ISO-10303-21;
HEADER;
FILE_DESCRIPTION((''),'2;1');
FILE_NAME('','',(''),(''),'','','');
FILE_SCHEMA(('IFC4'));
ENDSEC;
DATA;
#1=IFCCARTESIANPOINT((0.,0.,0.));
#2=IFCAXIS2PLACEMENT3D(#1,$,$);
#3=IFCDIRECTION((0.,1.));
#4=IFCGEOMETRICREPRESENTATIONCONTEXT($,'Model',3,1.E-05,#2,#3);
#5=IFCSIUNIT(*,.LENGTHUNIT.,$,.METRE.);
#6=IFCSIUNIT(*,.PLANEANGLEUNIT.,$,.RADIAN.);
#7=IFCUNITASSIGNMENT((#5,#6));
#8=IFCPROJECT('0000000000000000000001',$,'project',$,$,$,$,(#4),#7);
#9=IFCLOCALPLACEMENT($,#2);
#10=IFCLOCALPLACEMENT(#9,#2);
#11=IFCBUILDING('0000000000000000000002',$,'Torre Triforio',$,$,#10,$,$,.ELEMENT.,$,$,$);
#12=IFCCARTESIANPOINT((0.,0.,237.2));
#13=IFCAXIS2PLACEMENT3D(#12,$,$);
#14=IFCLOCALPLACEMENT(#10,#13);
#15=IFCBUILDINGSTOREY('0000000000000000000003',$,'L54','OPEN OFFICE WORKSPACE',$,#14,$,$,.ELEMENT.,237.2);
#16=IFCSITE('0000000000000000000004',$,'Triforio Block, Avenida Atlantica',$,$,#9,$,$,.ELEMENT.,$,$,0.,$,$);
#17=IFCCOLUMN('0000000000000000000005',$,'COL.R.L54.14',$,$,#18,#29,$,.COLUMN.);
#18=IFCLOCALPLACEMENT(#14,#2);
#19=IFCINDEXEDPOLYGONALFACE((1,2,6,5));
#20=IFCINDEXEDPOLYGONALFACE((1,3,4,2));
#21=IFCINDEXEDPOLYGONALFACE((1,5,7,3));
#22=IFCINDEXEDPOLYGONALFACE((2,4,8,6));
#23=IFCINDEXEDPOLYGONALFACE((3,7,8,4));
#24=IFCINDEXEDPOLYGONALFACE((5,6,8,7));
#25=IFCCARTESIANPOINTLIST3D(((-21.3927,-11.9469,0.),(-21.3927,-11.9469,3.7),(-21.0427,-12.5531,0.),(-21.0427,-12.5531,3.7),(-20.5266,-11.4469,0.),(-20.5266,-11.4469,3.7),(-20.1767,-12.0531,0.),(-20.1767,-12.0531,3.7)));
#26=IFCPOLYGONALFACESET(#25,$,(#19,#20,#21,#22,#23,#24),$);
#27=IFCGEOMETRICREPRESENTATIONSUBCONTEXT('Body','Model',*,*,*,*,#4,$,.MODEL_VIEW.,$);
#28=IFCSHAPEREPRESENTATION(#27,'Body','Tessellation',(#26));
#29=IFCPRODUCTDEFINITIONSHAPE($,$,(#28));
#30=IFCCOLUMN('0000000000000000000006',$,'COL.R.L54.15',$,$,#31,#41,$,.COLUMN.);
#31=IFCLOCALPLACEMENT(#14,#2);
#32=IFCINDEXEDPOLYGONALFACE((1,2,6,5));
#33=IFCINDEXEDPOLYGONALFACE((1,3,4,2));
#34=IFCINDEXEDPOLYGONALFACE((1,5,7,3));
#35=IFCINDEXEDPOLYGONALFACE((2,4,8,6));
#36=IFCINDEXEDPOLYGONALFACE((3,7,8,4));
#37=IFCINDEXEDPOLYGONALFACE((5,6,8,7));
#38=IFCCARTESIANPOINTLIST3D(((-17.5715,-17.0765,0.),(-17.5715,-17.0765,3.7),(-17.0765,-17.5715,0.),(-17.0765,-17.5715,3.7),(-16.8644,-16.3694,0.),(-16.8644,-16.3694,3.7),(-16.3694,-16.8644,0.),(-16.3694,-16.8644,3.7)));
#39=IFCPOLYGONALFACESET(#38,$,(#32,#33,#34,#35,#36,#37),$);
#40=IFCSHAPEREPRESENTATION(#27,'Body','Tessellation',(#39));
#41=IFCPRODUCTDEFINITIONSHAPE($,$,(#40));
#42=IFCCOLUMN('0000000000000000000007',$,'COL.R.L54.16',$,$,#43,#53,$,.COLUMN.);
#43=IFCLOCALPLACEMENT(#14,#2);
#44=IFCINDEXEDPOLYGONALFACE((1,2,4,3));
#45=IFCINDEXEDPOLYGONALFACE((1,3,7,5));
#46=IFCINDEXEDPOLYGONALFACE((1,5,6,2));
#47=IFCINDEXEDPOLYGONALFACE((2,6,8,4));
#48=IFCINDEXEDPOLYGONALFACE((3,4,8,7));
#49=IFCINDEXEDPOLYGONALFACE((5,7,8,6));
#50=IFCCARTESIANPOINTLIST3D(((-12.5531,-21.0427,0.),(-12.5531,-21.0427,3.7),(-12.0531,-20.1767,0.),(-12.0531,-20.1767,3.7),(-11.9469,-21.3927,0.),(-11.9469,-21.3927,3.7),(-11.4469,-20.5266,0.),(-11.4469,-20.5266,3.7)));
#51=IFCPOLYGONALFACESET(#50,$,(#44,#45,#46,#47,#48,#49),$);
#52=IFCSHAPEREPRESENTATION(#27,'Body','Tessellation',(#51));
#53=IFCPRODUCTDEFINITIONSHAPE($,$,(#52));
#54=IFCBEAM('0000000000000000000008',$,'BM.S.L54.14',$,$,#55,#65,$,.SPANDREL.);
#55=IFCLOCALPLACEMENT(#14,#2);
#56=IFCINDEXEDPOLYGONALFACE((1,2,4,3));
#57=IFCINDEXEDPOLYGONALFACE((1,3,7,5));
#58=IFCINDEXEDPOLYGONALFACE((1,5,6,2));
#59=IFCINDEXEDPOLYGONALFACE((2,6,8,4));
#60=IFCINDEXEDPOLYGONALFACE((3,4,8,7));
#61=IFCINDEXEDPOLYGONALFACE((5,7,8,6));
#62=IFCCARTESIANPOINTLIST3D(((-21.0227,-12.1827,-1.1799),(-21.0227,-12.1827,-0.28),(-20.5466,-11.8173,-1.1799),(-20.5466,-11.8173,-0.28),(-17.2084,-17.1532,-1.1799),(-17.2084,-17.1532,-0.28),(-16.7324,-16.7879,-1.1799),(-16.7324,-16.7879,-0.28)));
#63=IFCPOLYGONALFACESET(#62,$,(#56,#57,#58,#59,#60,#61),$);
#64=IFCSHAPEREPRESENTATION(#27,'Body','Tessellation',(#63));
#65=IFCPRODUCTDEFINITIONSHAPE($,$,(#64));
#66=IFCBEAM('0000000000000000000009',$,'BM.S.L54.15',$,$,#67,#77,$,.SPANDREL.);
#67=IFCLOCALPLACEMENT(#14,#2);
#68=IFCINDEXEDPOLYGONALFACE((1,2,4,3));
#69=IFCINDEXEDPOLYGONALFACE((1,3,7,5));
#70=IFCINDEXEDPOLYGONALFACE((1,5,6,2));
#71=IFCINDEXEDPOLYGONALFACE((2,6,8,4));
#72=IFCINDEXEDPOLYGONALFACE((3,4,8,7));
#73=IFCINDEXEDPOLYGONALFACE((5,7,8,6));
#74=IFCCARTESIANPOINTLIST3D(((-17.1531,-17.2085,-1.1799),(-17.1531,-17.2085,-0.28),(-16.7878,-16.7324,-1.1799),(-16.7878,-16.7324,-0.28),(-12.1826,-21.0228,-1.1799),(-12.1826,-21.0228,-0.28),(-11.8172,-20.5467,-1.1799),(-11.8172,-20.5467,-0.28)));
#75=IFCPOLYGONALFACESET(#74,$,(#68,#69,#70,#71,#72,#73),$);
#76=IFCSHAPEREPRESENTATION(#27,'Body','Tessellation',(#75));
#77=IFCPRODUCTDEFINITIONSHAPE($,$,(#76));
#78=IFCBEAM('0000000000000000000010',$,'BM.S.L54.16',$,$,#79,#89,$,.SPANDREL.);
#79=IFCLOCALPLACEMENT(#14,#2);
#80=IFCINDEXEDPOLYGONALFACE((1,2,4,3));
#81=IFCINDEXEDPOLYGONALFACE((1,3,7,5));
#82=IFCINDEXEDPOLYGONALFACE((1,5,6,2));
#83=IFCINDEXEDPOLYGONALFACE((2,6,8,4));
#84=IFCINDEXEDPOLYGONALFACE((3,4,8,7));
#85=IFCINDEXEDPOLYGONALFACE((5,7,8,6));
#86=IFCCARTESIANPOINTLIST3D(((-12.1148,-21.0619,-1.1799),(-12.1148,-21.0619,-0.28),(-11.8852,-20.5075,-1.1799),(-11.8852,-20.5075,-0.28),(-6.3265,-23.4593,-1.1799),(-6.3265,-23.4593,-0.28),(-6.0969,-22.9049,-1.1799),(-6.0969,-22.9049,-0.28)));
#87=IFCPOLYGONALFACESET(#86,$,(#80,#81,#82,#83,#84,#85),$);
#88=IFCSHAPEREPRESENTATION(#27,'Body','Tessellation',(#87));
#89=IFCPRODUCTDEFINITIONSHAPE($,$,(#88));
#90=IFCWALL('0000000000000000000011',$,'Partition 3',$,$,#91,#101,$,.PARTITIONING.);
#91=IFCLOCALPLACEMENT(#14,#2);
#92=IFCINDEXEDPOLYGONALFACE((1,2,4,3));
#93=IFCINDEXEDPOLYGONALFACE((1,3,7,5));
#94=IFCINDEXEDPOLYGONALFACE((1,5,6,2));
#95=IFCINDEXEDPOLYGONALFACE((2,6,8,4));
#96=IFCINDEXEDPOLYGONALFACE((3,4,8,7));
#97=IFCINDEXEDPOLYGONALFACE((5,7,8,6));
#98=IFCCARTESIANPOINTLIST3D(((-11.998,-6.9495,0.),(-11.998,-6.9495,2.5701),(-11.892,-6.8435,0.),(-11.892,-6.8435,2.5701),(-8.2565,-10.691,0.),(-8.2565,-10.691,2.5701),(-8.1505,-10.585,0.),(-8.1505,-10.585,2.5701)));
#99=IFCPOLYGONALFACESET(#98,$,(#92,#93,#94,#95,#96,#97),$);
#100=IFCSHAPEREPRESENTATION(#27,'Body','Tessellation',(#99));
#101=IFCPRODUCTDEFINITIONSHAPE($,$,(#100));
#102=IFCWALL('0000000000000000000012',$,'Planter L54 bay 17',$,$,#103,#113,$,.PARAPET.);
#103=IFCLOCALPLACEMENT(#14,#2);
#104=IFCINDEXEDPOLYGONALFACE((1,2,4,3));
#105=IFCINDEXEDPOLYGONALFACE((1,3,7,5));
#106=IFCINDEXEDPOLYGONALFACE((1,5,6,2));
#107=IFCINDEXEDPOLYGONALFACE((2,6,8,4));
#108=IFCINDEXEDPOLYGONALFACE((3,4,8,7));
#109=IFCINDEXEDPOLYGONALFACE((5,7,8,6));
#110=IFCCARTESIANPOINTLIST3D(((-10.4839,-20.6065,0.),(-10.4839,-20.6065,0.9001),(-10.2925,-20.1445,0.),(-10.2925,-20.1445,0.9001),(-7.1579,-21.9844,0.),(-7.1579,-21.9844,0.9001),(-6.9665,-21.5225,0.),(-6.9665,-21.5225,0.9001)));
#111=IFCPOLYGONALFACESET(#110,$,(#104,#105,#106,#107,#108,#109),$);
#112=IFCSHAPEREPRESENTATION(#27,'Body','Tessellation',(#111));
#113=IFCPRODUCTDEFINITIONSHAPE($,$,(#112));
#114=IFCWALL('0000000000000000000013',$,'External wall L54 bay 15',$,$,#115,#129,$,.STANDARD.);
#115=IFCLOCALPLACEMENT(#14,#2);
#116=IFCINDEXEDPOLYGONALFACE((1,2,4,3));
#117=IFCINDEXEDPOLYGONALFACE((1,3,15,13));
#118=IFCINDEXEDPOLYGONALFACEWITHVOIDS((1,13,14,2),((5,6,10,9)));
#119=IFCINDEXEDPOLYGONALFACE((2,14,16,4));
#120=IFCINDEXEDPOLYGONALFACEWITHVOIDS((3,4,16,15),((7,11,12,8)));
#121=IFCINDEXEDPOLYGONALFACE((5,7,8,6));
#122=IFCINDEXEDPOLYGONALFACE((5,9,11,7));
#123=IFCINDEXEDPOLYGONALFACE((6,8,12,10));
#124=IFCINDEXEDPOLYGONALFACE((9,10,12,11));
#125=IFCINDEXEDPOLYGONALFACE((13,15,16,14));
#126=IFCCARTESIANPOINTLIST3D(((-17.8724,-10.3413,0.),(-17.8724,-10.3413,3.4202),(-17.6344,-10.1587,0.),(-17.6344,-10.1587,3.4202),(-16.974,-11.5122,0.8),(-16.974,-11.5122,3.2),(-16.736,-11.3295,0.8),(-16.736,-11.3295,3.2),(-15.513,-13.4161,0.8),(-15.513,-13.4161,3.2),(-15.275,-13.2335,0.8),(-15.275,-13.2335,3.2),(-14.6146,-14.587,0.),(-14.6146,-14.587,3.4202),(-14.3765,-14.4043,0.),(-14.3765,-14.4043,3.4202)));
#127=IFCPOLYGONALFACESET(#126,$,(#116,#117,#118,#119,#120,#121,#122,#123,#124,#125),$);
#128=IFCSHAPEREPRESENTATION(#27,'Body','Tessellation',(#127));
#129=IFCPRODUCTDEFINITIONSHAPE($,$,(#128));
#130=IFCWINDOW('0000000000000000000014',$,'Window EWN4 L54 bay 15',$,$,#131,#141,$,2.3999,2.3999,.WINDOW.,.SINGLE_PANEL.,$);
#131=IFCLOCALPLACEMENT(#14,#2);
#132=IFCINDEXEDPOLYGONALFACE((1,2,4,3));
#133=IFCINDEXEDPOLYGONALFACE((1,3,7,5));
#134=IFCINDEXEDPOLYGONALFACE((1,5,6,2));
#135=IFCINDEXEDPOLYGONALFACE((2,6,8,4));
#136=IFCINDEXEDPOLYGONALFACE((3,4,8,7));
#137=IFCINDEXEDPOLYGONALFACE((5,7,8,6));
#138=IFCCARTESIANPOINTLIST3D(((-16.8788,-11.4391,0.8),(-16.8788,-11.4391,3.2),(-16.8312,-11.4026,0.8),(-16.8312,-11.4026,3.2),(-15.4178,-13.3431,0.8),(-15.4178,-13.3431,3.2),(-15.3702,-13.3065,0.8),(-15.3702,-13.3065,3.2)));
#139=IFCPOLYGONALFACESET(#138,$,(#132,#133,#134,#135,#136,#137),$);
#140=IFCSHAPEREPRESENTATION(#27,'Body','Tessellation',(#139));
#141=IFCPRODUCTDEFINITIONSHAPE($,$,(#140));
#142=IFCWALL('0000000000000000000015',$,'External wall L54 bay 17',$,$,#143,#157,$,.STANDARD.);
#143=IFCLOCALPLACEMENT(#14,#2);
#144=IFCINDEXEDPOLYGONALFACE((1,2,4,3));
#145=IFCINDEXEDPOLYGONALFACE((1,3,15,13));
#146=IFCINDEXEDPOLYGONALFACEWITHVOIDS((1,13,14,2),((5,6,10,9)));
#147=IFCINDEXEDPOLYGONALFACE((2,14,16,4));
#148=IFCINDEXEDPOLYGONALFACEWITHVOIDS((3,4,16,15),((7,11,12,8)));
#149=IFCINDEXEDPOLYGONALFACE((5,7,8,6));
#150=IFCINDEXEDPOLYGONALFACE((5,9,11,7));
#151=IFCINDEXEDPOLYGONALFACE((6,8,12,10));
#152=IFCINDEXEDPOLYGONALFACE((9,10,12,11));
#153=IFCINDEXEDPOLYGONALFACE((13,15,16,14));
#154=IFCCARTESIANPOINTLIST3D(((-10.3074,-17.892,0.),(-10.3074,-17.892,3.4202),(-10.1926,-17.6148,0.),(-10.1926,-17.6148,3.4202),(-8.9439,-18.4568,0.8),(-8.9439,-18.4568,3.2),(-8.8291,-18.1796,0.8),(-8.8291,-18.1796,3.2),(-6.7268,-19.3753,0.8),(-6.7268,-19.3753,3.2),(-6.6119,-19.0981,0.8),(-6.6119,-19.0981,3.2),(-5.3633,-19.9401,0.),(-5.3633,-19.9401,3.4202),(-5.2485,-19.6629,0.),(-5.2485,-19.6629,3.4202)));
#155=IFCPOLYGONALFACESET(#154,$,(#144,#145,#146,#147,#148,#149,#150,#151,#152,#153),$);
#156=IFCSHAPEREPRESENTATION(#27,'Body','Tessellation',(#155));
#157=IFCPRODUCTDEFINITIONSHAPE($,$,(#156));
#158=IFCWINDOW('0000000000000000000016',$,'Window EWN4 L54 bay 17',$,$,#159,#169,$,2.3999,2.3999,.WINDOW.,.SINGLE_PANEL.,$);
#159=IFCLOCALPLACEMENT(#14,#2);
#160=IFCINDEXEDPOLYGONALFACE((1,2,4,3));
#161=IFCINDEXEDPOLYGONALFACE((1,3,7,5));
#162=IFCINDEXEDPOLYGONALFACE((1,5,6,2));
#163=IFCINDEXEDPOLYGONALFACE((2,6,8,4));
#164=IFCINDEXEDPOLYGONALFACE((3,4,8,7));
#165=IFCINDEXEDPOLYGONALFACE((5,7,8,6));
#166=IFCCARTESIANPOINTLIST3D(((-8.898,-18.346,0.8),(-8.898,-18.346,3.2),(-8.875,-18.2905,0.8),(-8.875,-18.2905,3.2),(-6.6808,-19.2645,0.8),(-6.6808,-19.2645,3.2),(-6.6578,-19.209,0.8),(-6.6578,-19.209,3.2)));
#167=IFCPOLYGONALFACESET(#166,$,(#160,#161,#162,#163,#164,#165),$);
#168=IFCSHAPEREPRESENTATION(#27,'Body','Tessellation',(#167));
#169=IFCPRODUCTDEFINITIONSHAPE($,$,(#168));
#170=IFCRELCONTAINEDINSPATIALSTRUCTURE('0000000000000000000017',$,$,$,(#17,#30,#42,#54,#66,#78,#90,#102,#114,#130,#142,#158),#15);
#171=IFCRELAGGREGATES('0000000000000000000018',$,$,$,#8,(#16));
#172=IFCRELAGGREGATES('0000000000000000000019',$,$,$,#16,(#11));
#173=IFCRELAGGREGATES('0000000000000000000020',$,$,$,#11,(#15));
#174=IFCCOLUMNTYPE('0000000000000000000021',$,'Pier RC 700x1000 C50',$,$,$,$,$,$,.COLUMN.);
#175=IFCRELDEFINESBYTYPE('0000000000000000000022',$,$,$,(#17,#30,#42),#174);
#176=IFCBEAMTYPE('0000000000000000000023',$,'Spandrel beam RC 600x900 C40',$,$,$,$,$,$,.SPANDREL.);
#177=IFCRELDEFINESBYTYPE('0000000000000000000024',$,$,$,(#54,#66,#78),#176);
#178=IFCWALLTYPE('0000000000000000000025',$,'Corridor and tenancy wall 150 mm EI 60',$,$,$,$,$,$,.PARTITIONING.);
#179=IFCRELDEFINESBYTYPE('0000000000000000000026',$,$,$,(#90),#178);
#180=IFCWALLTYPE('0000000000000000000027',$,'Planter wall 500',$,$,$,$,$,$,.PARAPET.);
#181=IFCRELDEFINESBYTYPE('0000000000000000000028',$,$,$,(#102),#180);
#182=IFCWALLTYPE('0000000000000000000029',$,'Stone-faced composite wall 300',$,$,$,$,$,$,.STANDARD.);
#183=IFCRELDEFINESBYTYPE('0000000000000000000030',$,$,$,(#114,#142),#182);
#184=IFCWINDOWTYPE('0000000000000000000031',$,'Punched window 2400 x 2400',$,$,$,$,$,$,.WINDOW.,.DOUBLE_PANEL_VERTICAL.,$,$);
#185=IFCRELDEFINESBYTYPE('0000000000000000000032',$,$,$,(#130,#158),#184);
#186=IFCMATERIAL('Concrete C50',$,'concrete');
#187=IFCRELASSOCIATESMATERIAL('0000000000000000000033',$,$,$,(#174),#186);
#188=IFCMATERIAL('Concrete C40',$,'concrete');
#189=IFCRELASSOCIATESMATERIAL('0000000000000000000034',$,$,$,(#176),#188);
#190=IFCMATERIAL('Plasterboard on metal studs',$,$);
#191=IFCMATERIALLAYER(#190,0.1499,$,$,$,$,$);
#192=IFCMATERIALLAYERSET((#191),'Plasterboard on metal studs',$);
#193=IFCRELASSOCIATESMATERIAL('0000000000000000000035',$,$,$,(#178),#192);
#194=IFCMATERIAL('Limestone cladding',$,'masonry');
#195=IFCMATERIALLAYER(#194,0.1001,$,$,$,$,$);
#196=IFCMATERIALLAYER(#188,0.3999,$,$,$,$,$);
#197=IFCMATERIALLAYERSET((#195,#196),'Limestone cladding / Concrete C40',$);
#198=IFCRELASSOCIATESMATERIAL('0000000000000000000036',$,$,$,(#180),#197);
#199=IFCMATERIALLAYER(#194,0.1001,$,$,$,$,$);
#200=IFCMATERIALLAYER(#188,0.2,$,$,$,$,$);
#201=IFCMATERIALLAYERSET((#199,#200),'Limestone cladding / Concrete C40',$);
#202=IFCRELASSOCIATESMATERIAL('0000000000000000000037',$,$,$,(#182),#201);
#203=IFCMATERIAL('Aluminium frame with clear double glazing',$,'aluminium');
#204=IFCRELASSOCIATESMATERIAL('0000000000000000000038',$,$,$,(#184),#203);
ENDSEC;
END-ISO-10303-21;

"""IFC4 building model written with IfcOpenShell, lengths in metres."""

from ifc_helpers import new_model, si_unit, direction, frame, frame_2d, origin, origin_2d, place, context, subcontext, project, spatial, rectangle, extrude, material, layer, layer_set, material_profile, profile_set, type_object, element, fill, save


model = new_model("IFC4")

# Units and contexts
model_context = context("Model", 3, precision=1e-05, world=origin(), true_north=direction((0.0, 1.0)))
body_context = subcontext(model_context, "Body", "Model", "MODEL_VIEW")
ifc_project = project(units=[si_unit("LENGTHUNIT", "METRE"), si_unit("PLANEANGLEUNIT", "RADIAN")], contexts=[model_context])

# Site, building, storey
site_placement = place(None, origin())
site = spatial("IfcSite", under=ifc_project, at=site_placement, Name="Triforio Block, Avenida Atlantica", CompositionType="ELEMENT", RefElevation=0.0)
building_placement = place(site_placement, origin())
building = spatial("IfcBuilding", under=site, at=building_placement, Name="Torre Triforio", CompositionType="ELEMENT")
storey_placement = place(building_placement, frame((0.0, 0.0, 237.2)))
storey = spatial("IfcBuildingStorey", under=building, at=storey_placement, Name="L54", Description="OPEN OFFICE WORKSPACE", CompositionType="ELEMENT", Elevation=237.2)

# Columns
ifc_material_1 = material(Name="Concrete C50", Category="concrete")
ifc_material_profile_1 = material_profile(ifc_material_1, rectangle(XDim=0.7, YDim=1.0, at=origin_2d()), Name="RC 700x1000")
ifc_profile_set_1 = profile_set([ifc_material_profile_1], Name="Concrete C50")
column_type = type_object("IfcColumnType", Name="Pier RC 700x1000 C50", PredefinedType="COLUMN", material=ifc_profile_set_1)
for number, where, z_axis, x_axis, name in (
    (1, (-20.7847, -12.0, 0.0), (0.0, 0.0, 1.0), (0.5, -0.866025, 0.0), "COL.R.L54.14"),
    (2, (-16.9705, -16.9705, 0.0), (0.0, 0.0, 1.0), (0.707107, -0.707107, 0.0), "COL.R.L54.15"),
    (3, (-12.0, -20.7847, 0.0), (0.0, 0.0, 1.0), (0.866025, -0.5, 0.0), "COL.R.L54.16"),
):
    element("IfcColumn", number, at=place(storey_placement, frame(where, z_axis=z_axis, x_axis=x_axis)), inside=storey, type_object=column_type, Name=name, PredefinedType="COLUMN", context=body_context, shape_type="SweptSolid", body=[
        extrude(rectangle(XDim=0.7, YDim=1.0, at=origin_2d()), origin(), (0.0, 0.0, 1.0), 3.7),
    ])

# Beams
ifc_material_2 = material(Name="Concrete C40", Category="concrete")
ifc_material_profile_2 = material_profile(ifc_material_2, rectangle(XDim=0.6001, YDim=0.8999, at=origin_2d()), Name="RC 600x900")
ifc_profile_set_2 = profile_set([ifc_material_profile_2], Name="Concrete C40")
beam_type = type_object("IfcBeamType", Name="Spandrel beam RC 600x900 C40", PredefinedType="SPANDREL", material=ifc_profile_set_2)
for number, where, z_axis, x_axis, name in (
    (4, (-20.7847, -12.0, -0.73), (0.608786, -0.793335, 0.0), (0.793335, 0.608786, 0.0), "BM.S.L54.14"),
    (5, (-16.9705, -16.9705, -0.73), (0.793335, -0.608786, 0.0), (0.608786, 0.793335, 0.0), "BM.S.L54.15"),
):
    element("IfcBeam", number, at=place(storey_placement, frame(where, z_axis=z_axis, x_axis=x_axis)), inside=storey, type_object=beam_type, Name=name, PredefinedType="SPANDREL", context=body_context, shape_type="SweptSolid", body=[
        extrude(rectangle(XDim=0.6001, YDim=0.8999, at=origin_2d()), origin(), (0.0, 0.0, 1.0), 6.2654),
    ])
beam_placement = place(storey_placement, frame((-12.0, -20.7847, -0.73), z_axis=(0.923888, -0.382664, 0.0), x_axis=(0.382664, 0.923888, 0.0)))
element("IfcBeam", 6, at=beam_placement, inside=storey, type_object=beam_type, Name="BM.S.L54.16", PredefinedType="SPANDREL", context=body_context, shape_type="SweptSolid", body=[
    extrude(rectangle(XDim=0.6001, YDim=0.8999, at=origin_2d()), origin(), (0.0, 0.0, 1.0), 6.2651),
])

# Walls
ifc_material_3 = material(Name="Plasterboard on metal studs")
ifc_layer_1 = layer(ifc_material_3, 0.1499)
ifc_layer_set_1 = layer_set([ifc_layer_1], Name="Plasterboard on metal studs")
wall_type_1 = type_object("IfcWallType", Name="Corridor and tenancy wall 150 mm EI 60", PredefinedType="PARTITIONING", material=ifc_layer_set_1)
wall_1_placement = place(storey_placement, frame((-8.2036, -10.6379, 0.0), z_axis=(0.0, 0.0, 1.0), x_axis=(-0.707107, 0.707107, 0.0)))
element("IfcWall", 7, at=wall_1_placement, inside=storey, type_object=wall_type_1, Name="Partition 3", PredefinedType="PARTITIONING", context=body_context, shape_type="SweptSolid", body=[
    extrude(rectangle(XDim=5.2913, YDim=0.1499, at=frame_2d((2.6455, 0.0))), origin(), (0.0, 0.0, 1.0), 2.5701),
])
ifc_material_4 = material(Name="Limestone cladding", Category="masonry")
ifc_layer_2 = layer(ifc_material_4, 0.1001)
ifc_layer_3 = layer(ifc_material_2, 0.3999)
ifc_layer_set_2 = layer_set([ifc_layer_2, ifc_layer_3], Name="Limestone cladding / Concrete C40")
wall_type_2 = type_object("IfcWallType", Name="Planter wall 500", PredefinedType="PARAPET", material=ifc_layer_set_2)
wall_2_placement = place(storey_placement, frame((-10.3882, -20.3755, 0.0), z_axis=(0.0, 0.0, 1.0), x_axis=(0.923852, -0.382751, 0.0)))
element("IfcWall", 8, at=wall_2_placement, inside=storey, type_object=wall_type_2, Name="Planter L54 bay 17", PredefinedType="PARAPET", context=body_context, shape_type="SweptSolid", body=[
    extrude(rectangle(XDim=3.6001, YDim=0.5, at=frame_2d((1.8, 0.0))), origin(), (0.0, 0.0, 1.0), 0.9001),
])

# Wall, opening, window
ifc_layer_4 = layer(ifc_material_4, 0.1001)
ifc_layer_5 = layer(ifc_material_2, 0.2)
ifc_layer_set_3 = layer_set([ifc_layer_4, ifc_layer_5], Name="Limestone cladding / Concrete C40")
wall_type_3 = type_object("IfcWallType", Name="Stone-faced composite wall 300", PredefinedType="STANDARD", material=ifc_layer_set_3)
wall_3_placement = place(storey_placement, frame((-17.7534, -10.25, 0.0), z_axis=(0.0, 0.0, 1.0), x_axis=(0.608767, -0.793349, 0.0)))
wall_3 = element("IfcWall", 9, at=wall_3_placement, inside=storey, type_object=wall_type_3, Name="External wall L54 bay 15", PredefinedType="STANDARD", context=body_context, shape_type="SweptSolid", body=[
    extrude(rectangle(XDim=5.3516, YDim=0.3, at=frame_2d((2.6758, 0.0))), origin(), (0.0, 0.0, 1.0), 3.4202),
])
opening_1_placement = place(wall_3_placement, frame((1.4758, 0.0, 0.8)))
opening_1 = element("IfcOpeningElement", 10, at=opening_1_placement, cuts=wall_3, PredefinedType="OPENING", context=body_context, shape_type="SweptSolid", body=[
    extrude(rectangle(XDim=2.3999, YDim=2.3999, at=frame_2d((1.2, 1.2))), frame((0.0, 0.1599, 0.0), z_axis=(0.0, -1.0, 0.0), x_axis=(1.0, 0.0, 0.0)), (0.0, 0.0, 1.0), 0.3201),
])
ifc_material_5 = material(Name="Aluminium frame with clear double glazing", Category="aluminium")
window_type_1 = type_object("IfcWindowType", Name="Punched window 2400 x 2400", PartitioningType="DOUBLE_PANEL_VERTICAL", PredefinedType="WINDOW", material=ifc_material_5)
window_1_placement = place(opening_1_placement, origin())
window_1 = element("IfcWindow", 11, at=window_1_placement, inside=storey, type_object=window_type_1, Name="Window EWN4 L54 bay 15", OverallHeight=2.3999, OverallWidth=2.3999, PartitioningType="SINGLE_PANEL", PredefinedType="WINDOW", context=body_context, shape_type="SweptSolid", body=[
    extrude(rectangle(XDim=2.3999, YDim=2.3999, at=frame_2d((1.2, 1.2))), frame((0.0, 0.03, 0.0), z_axis=(0.0, -1.0, 0.0), x_axis=(1.0, 0.0, 0.0)), (0.0, 0.0, 1.0), 0.0601),
])
fill(opening_1, window_1)

# Wall, opening, window
wall_4_placement = place(storey_placement, frame((-10.25, -17.7534, 0.0), z_axis=(0.0, 0.0, 1.0), x_axis=(0.923867, -0.382713, 0.0)))
wall_4 = element("IfcWall", 12, at=wall_4_placement, inside=storey, type_object=wall_type_3, Name="External wall L54 bay 17", PredefinedType="STANDARD", context=body_context, shape_type="SweptSolid", body=[
    extrude(rectangle(XDim=5.3516, YDim=0.3, at=frame_2d((2.6758, 0.0))), origin(), (0.0, 0.0, 1.0), 3.4202),
])
opening_2_placement = place(wall_4_placement, frame((1.4758, 0.0, 0.8)))
opening_2 = element("IfcOpeningElement", 13, at=opening_2_placement, cuts=wall_4, PredefinedType="OPENING", context=body_context, shape_type="SweptSolid", body=[
    extrude(rectangle(XDim=2.3999, YDim=2.3999, at=frame_2d((1.2, 1.2))), frame((0.0, 0.1599, 0.0), z_axis=(0.0, -1.0, 0.0), x_axis=(1.0, 0.0, 0.0)), (0.0, 0.0, 1.0), 0.3201),
])
window_2_placement = place(opening_2_placement, origin())
window_2 = element("IfcWindow", 14, at=window_2_placement, inside=storey, type_object=window_type_1, Name="Window EWN4 L54 bay 17", OverallHeight=2.3999, OverallWidth=2.3999, PartitioningType="SINGLE_PANEL", PredefinedType="WINDOW", context=body_context, shape_type="SweptSolid", body=[
    extrude(rectangle(XDim=2.3999, YDim=2.3999, at=frame_2d((1.2, 1.2))), frame((0.0, 0.03, 0.0), z_axis=(0.0, -1.0, 0.0), x_axis=(1.0, 0.0, 0.0)), (0.0, 0.0, 1.0), 0.0601),
])
fill(opening_2, window_2)

save(model, "model.ifc")
